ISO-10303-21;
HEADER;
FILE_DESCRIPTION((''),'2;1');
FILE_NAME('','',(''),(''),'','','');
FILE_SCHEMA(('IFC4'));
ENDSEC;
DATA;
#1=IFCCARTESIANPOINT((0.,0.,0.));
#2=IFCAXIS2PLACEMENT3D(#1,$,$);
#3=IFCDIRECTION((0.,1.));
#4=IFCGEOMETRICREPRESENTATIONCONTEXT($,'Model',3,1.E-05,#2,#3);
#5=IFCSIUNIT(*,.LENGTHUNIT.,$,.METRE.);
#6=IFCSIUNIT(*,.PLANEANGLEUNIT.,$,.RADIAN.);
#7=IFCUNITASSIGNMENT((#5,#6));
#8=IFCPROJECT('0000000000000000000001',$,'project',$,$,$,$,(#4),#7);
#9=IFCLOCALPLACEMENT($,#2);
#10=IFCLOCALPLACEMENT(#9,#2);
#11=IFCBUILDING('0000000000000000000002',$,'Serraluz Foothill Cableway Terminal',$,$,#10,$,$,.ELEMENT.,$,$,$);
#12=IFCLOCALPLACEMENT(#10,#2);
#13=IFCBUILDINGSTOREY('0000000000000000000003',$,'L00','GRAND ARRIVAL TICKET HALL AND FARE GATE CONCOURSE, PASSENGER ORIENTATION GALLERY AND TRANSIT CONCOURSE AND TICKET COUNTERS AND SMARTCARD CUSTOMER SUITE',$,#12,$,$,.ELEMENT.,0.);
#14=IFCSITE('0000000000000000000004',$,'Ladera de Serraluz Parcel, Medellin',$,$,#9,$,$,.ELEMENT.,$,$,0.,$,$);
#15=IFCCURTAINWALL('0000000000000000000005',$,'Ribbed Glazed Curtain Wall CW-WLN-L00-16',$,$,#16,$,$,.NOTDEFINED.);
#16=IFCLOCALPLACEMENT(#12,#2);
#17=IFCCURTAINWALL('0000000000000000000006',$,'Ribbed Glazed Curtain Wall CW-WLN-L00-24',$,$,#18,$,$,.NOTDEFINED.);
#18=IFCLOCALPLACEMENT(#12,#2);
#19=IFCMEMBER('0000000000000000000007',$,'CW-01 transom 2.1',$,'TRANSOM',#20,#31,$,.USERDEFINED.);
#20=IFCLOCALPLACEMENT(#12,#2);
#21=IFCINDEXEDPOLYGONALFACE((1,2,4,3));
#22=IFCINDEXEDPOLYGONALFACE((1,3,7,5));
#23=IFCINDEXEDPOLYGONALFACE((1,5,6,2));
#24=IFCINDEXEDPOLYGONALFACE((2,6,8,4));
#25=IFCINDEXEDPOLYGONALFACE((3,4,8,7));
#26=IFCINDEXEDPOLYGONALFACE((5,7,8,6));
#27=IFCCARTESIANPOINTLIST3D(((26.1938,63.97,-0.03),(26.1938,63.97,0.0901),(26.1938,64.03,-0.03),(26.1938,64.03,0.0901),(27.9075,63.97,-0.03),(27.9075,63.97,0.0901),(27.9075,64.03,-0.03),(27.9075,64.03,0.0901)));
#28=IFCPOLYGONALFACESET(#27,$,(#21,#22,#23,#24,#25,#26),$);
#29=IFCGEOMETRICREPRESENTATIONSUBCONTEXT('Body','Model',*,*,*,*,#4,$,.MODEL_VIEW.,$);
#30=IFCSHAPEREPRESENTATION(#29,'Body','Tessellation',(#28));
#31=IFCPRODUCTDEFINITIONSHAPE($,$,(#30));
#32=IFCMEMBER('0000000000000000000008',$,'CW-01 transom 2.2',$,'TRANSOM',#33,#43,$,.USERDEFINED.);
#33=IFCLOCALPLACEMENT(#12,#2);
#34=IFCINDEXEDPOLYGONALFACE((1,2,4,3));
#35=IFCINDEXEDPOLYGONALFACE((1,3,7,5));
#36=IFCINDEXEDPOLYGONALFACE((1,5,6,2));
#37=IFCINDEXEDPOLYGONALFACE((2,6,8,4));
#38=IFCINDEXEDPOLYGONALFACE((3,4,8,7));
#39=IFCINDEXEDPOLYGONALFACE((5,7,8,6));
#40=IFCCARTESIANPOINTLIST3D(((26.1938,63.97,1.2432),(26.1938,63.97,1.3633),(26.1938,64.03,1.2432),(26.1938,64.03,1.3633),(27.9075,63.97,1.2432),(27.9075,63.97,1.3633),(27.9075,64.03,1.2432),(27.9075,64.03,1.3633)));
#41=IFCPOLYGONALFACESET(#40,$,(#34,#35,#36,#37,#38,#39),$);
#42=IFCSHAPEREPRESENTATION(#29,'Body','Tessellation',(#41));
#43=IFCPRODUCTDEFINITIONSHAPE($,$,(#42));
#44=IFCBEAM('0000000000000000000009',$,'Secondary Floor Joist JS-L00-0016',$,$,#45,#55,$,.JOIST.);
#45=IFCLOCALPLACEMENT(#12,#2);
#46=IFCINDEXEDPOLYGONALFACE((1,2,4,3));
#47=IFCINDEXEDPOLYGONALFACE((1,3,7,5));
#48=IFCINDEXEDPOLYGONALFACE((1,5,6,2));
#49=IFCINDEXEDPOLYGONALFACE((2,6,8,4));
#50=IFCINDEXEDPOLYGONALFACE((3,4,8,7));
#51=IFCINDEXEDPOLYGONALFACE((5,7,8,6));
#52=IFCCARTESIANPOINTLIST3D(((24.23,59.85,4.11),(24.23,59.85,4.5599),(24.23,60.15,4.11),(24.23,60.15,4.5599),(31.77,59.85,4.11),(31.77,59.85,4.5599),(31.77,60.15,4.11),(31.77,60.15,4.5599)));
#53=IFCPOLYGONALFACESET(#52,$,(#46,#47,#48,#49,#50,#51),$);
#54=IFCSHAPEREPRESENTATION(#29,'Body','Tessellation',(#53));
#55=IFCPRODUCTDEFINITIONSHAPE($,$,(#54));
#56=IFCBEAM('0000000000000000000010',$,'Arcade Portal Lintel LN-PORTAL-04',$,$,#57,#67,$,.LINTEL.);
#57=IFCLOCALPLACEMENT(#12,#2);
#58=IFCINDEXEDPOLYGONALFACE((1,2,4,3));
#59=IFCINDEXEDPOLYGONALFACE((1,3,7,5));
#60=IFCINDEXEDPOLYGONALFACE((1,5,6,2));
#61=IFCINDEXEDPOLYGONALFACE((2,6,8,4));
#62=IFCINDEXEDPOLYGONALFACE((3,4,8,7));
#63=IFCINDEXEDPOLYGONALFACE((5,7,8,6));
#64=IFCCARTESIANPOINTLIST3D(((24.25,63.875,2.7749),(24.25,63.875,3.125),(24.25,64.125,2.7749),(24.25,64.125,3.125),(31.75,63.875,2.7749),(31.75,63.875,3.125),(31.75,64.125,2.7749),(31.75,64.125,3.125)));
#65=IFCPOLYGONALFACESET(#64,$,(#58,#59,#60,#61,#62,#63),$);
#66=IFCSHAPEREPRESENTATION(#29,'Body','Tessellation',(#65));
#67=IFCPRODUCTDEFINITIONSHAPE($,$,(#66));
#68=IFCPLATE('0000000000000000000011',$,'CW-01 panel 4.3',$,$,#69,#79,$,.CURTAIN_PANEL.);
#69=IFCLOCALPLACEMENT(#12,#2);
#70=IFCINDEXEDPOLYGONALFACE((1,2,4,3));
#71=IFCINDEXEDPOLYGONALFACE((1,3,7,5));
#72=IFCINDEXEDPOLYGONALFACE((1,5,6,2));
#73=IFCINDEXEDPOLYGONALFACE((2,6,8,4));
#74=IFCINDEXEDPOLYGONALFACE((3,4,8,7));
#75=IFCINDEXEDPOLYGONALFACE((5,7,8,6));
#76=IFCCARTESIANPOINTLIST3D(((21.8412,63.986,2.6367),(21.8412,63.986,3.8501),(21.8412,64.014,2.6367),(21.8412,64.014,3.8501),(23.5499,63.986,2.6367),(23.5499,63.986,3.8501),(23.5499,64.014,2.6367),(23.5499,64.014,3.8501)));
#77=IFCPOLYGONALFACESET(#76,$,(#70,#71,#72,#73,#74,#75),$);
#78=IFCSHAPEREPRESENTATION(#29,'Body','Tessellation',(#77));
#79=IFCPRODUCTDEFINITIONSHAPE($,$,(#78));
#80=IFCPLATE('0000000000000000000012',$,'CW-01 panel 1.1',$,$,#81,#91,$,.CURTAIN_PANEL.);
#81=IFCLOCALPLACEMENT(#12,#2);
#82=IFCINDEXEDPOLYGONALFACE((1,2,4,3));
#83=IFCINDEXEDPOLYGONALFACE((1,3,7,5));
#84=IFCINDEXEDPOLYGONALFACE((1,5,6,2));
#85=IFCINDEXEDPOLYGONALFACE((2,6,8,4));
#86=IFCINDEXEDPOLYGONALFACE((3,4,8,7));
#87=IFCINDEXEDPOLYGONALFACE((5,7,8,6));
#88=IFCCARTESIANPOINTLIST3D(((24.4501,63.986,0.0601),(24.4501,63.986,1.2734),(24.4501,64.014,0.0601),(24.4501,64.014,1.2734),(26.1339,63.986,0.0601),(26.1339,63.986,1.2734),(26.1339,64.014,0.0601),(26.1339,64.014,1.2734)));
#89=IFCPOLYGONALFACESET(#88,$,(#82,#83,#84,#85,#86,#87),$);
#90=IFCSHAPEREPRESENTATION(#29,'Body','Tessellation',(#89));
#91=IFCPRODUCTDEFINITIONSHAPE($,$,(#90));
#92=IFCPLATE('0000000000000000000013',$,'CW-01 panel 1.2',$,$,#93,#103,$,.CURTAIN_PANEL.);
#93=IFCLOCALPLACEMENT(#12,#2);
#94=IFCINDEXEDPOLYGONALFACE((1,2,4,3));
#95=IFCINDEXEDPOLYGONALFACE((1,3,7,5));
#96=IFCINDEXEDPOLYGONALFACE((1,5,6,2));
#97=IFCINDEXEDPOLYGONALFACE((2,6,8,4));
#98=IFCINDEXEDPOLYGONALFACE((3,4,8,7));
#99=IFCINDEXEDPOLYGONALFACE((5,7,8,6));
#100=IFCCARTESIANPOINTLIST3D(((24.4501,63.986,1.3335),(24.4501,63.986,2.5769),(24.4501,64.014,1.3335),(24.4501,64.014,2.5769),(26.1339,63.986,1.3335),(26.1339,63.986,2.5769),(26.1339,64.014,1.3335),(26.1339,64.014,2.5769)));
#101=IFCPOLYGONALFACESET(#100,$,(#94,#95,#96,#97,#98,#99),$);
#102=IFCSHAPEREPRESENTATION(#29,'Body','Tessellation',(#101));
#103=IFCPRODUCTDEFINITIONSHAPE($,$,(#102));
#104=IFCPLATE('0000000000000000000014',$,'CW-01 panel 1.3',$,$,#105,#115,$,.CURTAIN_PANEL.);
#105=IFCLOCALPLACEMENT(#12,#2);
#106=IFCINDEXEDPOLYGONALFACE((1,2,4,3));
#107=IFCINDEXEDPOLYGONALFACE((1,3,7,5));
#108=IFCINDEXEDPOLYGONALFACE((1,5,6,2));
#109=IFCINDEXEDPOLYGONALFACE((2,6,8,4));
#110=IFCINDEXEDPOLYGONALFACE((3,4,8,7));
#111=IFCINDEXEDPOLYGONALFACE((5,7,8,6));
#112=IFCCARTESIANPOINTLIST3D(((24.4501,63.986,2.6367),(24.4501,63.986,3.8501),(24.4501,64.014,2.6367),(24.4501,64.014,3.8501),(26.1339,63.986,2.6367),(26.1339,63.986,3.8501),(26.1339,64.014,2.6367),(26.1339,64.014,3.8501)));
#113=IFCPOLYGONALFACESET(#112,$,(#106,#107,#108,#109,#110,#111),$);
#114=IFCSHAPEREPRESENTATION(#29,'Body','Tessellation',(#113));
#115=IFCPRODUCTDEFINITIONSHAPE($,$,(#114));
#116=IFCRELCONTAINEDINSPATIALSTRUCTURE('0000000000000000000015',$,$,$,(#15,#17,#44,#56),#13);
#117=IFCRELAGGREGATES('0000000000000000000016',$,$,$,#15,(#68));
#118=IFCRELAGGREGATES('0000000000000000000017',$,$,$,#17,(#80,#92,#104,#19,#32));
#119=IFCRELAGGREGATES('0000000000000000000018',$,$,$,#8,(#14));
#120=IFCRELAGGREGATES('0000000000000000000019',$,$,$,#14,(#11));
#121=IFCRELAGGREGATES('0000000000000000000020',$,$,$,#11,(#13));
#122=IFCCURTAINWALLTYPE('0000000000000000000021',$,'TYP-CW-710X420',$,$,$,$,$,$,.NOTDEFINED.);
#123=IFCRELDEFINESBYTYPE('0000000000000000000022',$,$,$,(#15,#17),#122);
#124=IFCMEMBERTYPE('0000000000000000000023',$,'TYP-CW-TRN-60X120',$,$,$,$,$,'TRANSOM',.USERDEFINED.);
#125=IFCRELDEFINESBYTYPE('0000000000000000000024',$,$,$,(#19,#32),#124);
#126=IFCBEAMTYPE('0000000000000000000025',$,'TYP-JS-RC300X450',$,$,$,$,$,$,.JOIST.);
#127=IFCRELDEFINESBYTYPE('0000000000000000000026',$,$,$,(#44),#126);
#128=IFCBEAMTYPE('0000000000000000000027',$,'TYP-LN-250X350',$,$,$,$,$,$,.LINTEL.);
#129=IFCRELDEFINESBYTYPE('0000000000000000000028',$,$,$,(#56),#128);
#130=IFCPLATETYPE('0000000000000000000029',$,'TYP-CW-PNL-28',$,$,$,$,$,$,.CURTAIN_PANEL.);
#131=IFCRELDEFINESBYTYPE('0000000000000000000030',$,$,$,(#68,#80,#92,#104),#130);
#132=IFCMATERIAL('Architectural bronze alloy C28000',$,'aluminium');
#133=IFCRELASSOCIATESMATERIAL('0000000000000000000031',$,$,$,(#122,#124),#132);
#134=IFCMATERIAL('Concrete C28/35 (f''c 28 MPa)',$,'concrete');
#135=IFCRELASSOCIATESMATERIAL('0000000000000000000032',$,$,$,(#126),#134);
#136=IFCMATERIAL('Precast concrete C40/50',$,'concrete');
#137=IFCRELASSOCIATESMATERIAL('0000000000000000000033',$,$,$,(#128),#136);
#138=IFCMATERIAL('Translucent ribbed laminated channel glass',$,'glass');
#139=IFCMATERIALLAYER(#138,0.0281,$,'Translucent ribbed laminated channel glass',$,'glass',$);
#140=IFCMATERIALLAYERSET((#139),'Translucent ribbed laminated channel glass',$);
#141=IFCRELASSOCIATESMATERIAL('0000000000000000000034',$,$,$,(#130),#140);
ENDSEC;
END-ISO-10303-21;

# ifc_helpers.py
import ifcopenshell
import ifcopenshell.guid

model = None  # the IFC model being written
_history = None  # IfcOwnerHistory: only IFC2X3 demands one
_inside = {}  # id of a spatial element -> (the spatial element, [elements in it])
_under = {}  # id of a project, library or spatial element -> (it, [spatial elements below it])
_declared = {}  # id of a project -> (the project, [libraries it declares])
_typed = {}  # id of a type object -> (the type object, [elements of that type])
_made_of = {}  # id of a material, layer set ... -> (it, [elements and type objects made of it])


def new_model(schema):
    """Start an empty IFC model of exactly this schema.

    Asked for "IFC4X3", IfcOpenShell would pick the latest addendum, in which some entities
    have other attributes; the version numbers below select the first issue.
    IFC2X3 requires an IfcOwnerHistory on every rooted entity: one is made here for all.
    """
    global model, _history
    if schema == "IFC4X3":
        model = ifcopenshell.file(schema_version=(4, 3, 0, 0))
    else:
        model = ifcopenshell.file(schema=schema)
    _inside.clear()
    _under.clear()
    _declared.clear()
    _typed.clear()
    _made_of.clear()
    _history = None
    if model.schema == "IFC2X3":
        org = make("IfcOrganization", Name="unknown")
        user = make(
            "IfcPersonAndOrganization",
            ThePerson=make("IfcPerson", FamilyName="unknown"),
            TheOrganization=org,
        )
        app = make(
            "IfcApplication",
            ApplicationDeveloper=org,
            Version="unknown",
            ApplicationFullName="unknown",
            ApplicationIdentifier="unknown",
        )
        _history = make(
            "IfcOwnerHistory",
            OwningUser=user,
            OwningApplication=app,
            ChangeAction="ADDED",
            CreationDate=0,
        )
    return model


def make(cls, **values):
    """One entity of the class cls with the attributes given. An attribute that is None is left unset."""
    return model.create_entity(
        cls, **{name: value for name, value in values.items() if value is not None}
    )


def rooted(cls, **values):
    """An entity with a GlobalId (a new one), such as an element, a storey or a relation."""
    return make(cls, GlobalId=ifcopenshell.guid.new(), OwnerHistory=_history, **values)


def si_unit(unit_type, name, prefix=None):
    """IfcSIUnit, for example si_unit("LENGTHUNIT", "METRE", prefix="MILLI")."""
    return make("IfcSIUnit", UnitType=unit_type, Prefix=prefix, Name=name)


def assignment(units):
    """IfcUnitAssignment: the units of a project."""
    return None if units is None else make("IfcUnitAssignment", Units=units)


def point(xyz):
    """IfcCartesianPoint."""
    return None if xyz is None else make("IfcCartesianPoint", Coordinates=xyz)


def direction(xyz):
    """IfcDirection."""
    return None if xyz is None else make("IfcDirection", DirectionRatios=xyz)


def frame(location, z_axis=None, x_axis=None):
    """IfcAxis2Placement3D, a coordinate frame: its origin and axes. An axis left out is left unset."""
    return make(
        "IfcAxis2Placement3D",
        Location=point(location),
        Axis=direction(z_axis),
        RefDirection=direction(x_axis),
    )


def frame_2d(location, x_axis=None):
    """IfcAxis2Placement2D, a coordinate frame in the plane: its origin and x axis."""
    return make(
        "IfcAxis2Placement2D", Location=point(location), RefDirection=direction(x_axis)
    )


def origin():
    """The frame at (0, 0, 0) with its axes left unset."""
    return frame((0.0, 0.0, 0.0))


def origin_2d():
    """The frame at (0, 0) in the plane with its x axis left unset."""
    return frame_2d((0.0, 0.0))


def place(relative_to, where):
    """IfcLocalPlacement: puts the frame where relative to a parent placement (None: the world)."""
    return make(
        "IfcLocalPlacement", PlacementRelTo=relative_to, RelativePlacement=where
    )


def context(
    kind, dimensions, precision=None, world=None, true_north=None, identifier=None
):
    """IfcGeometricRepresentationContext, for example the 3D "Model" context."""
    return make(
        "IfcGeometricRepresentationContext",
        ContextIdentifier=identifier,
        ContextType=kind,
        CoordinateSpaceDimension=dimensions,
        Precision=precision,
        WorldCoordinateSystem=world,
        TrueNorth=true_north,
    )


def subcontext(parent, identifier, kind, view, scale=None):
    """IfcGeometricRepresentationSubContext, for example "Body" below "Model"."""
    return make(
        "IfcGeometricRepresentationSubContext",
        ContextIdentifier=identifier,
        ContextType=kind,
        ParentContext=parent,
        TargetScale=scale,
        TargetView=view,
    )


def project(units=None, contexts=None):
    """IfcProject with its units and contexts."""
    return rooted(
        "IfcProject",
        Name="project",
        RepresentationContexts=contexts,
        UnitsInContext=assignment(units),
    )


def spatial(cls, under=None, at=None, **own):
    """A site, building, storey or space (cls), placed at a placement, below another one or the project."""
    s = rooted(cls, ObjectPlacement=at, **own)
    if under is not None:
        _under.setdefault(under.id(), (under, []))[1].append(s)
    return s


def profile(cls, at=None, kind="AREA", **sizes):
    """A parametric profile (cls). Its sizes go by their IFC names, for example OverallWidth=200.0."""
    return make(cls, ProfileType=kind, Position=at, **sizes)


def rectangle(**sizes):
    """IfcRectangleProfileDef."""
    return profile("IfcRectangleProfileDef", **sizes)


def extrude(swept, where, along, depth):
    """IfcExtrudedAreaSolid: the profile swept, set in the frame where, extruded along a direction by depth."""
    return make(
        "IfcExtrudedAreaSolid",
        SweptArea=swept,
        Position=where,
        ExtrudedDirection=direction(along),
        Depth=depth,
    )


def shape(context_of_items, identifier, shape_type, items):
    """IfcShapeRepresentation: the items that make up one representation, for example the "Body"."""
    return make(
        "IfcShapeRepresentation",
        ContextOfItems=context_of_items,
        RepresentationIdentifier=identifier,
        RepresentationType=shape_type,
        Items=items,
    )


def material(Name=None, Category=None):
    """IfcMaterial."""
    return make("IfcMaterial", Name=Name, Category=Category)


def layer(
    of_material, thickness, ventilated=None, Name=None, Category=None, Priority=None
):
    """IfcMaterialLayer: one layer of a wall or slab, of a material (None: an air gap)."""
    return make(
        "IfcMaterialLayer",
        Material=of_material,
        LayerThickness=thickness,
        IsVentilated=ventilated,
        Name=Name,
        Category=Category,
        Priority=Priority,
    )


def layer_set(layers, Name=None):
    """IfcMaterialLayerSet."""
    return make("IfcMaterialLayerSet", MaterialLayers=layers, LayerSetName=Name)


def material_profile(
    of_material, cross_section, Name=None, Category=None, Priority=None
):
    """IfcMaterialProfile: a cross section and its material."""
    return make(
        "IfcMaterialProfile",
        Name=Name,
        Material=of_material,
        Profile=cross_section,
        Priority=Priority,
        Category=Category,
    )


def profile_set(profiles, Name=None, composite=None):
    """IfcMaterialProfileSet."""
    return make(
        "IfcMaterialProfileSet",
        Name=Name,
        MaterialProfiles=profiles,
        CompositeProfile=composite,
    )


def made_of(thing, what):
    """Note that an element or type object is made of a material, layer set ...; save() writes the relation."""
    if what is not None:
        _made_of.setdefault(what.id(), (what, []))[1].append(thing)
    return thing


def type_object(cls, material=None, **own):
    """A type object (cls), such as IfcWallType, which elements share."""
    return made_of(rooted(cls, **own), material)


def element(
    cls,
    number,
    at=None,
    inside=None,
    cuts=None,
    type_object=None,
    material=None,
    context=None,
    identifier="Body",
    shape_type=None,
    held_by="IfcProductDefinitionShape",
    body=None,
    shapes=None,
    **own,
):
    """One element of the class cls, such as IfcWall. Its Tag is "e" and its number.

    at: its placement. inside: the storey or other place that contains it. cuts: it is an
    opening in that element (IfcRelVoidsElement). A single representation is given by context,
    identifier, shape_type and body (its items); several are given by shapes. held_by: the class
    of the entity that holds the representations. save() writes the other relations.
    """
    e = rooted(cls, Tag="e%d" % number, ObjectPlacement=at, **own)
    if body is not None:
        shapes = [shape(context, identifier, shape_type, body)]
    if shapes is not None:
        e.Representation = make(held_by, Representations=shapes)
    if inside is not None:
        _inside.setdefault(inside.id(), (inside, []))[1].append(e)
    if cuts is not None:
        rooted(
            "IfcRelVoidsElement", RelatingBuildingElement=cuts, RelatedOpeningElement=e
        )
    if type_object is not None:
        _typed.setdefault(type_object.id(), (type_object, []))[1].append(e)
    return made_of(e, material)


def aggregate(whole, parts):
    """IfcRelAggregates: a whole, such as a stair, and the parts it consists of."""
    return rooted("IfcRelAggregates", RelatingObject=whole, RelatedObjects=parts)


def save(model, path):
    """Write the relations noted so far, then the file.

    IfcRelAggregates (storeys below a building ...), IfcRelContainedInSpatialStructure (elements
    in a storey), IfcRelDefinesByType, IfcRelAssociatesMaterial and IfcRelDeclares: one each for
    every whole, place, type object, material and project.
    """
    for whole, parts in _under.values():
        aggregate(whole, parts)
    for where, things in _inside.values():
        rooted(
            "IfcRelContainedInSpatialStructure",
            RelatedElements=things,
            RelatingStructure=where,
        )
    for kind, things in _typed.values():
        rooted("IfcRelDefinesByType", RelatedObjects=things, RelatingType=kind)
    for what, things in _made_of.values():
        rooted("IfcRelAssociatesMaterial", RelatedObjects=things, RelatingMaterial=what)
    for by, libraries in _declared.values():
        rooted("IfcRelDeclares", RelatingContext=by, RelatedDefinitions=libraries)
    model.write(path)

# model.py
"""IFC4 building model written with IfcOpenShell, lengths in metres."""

from ifc_helpers import new_model, si_unit, direction, frame, origin, origin_2d, place, context, subcontext, project, spatial, rectangle, extrude, material, layer, layer_set, material_profile, profile_set, type_object, element, aggregate, save


model = new_model("IFC4")

# Units and contexts
model_context = context("Model", 3, precision=1e-05, world=origin(), true_north=direction((0.0, 1.0)))
body_context = subcontext(model_context, "Body", "Model", "MODEL_VIEW")
ifc_project = project(units=[si_unit("LENGTHUNIT", "METRE"), si_unit("PLANEANGLEUNIT", "RADIAN")], contexts=[model_context])

# Site, building, storey
site_placement = place(None, origin())
site = spatial("IfcSite", under=ifc_project, at=site_placement, Name="Ladera de Serraluz Parcel, Medellin", CompositionType="ELEMENT", RefElevation=0.0)
building_placement = place(site_placement, origin())
building = spatial("IfcBuilding", under=site, at=building_placement, Name="Serraluz Foothill Cableway Terminal", CompositionType="ELEMENT")
storey_placement = place(building_placement, origin())
storey = spatial("IfcBuildingStorey", under=building, at=storey_placement, Name="L00", Description="GRAND ARRIVAL TICKET HALL AND FARE GATE CONCOURSE, PASSENGER ORIENTATION GALLERY AND TRANSIT CONCOURSE AND TICKET COUNTERS AND SMARTCARD CUSTOMER SUITE", CompositionType="ELEMENT", Elevation=0.0)

# Shared definitions
ifc_material_1 = material(Name="Concrete C28/35 (f'c 28 MPa)", Category="concrete")

# Curtain wall
ifc_material_2 = material(Name="Architectural bronze alloy C28000", Category="aluminium")
curtain_wall_type = type_object("IfcCurtainWallType", Name="TYP-CW-710X420", PredefinedType="NOTDEFINED", material=ifc_material_2)
curtain_wall_1_placement = place(storey_placement, origin())
curtain_wall_1 = element("IfcCurtainWall", 1, at=curtain_wall_1_placement, inside=storey, type_object=curtain_wall_type, Name="Ribbed Glazed Curtain Wall CW-WLN-L00-16", PredefinedType="NOTDEFINED")

# Curtain wall, members
curtain_wall_2_placement = place(storey_placement, origin())
curtain_wall_2 = element("IfcCurtainWall", 2, at=curtain_wall_2_placement, inside=storey, type_object=curtain_wall_type, Name="Ribbed Glazed Curtain Wall CW-WLN-L00-24", PredefinedType="NOTDEFINED")
ifc_material_profile_1 = material_profile(ifc_material_2, rectangle(XDim=0.0601, YDim=0.1201, at=origin_2d()), Name="ALU TRANSOM 60x120")
ifc_profile_set_1 = profile_set([ifc_material_profile_1], Name="Architectural bronze alloy C28000")
member_type_1 = type_object("IfcMemberType", Name="TYP-CW-TRN-60X120", ElementType="TRANSOM", PredefinedType="USERDEFINED", material=ifc_profile_set_1)
member_1_placement = place(storey_placement, frame((26.1938, 64.0, 0.03), z_axis=(1.0, 0.0, 0.0), x_axis=(0.0, 1.0, 0.0)))
member_1 = element("IfcMember", 3, at=member_1_placement, type_object=member_type_1, Name="CW-01 transom 2.1", ObjectType="TRANSOM", PredefinedType="USERDEFINED", context=body_context, shape_type="SweptSolid", body=[
    extrude(rectangle(XDim=0.0601, YDim=0.1201, at=origin_2d()), origin(), (0.0, 0.0, 1.0), 1.7136),
])
member_2_placement = place(storey_placement, frame((26.1938, 64.0, 1.3032), z_axis=(1.0, 0.0, 0.0), x_axis=(0.0, 1.0, 0.0)))
member_2 = element("IfcMember", 4, at=member_2_placement, type_object=member_type_1, Name="CW-01 transom 2.2", ObjectType="TRANSOM", PredefinedType="USERDEFINED", context=body_context, shape_type="SweptSolid", body=[
    extrude(rectangle(XDim=0.0601, YDim=0.1201, at=origin_2d()), origin(), (0.0, 0.0, 1.0), 1.7136),
])

# Beams
ifc_material_profile_2 = material_profile(ifc_material_1, rectangle(XDim=0.3, YDim=0.45, at=origin_2d()), Name="RC 300x450")
ifc_profile_set_2 = profile_set([ifc_material_profile_2], Name="Concrete C28/35 (f'c 28 MPa)")
beam_type_1 = type_object("IfcBeamType", Name="TYP-JS-RC300X450", PredefinedType="JOIST", material=ifc_profile_set_2)
beam_1_placement = place(storey_placement, frame((24.23, 60.0, 4.335), z_axis=(1.0, 0.0, 0.0), x_axis=(0.0, 1.0, 0.0)))
element("IfcBeam", 5, at=beam_1_placement, inside=storey, type_object=beam_type_1, Name="Secondary Floor Joist JS-L00-0016", PredefinedType="JOIST", context=body_context, shape_type="SweptSolid", body=[
    extrude(rectangle(XDim=0.3, YDim=0.45, at=origin_2d()), origin(), (0.0, 0.0, 1.0), 7.54),
])
ifc_material_3 = material(Name="Precast concrete C40/50", Category="concrete")
ifc_material_profile_3 = material_profile(ifc_material_3, rectangle(XDim=0.25, YDim=0.3501, at=origin_2d()), Name="RC LN 250x350")
ifc_profile_set_3 = profile_set([ifc_material_profile_3], Name="Precast concrete C40/50")
beam_type_2 = type_object("IfcBeamType", Name="TYP-LN-250X350", PredefinedType="LINTEL", material=ifc_profile_set_3)
beam_2_placement = place(storey_placement, frame((24.25, 64.0, 2.95), z_axis=(1.0, 0.0, 0.0), x_axis=(0.0, 1.0, 0.0)))
element("IfcBeam", 6, at=beam_2_placement, inside=storey, type_object=beam_type_2, Name="Arcade Portal Lintel LN-PORTAL-04", PredefinedType="LINTEL", context=body_context, shape_type="SweptSolid", body=[
    extrude(rectangle(XDim=0.25, YDim=0.3501, at=origin_2d()), origin(), (0.0, 0.0, 1.0), 7.5),
])

# Plates
ifc_material_4 = material(Name="Translucent ribbed laminated channel glass", Category="glass")
ifc_layer = layer(ifc_material_4, 0.0281, Name="Translucent ribbed laminated channel glass", Category="glass")
ifc_layer_set = layer_set([ifc_layer], Name="Translucent ribbed laminated channel glass")
plate_type = type_object("IfcPlateType", Name="TYP-CW-PNL-28", PredefinedType="CURTAIN_PANEL", material=ifc_layer_set)
plate_1_placement = place(storey_placement, frame((22.6956, 64.0, 2.6367), z_axis=(0.0, 0.0, 1.0), x_axis=(1.0, 0.0, 0.0)))
plate_1 = element("IfcPlate", 7, at=plate_1_placement, type_object=plate_type, Name="CW-01 panel 4.3", PredefinedType="CURTAIN_PANEL", context=body_context, shape_type="SweptSolid", body=[
    extrude(rectangle(XDim=1.7087, YDim=0.0281, at=origin_2d()), origin(), (0.0, 0.0, 1.0), 1.2134),
])
aggregate(curtain_wall_1, [plate_1])
plate_2_placement = place(storey_placement, frame((25.292, 64.0, 0.0601), z_axis=(0.0, 0.0, 1.0), x_axis=(1.0, 0.0, 0.0)))
plate_2 = element("IfcPlate", 8, at=plate_2_placement, type_object=plate_type, Name="CW-01 panel 1.1", PredefinedType="CURTAIN_PANEL", context=body_context, shape_type="SweptSolid", body=[
    extrude(rectangle(XDim=1.6838, YDim=0.0281, at=origin_2d()), origin(), (0.0, 0.0, 1.0), 1.2134),
])
plate_3_placement = place(storey_placement, frame((25.292, 64.0, 1.3335), z_axis=(0.0, 0.0, 1.0), x_axis=(1.0, 0.0, 0.0)))
plate_3 = element("IfcPlate", 9, at=plate_3_placement, type_object=plate_type, Name="CW-01 panel 1.2", PredefinedType="CURTAIN_PANEL", context=body_context, shape_type="SweptSolid", body=[
    extrude(rectangle(XDim=1.6838, YDim=0.0281, at=origin_2d()), origin(), (0.0, 0.0, 1.0), 1.2434),
])
plate_4_placement = place(storey_placement, frame((25.292, 64.0, 2.6367), z_axis=(0.0, 0.0, 1.0), x_axis=(1.0, 0.0, 0.0)))
plate_4 = element("IfcPlate", 10, at=plate_4_placement, type_object=plate_type, Name="CW-01 panel 1.3", PredefinedType="CURTAIN_PANEL", context=body_context, shape_type="SweptSolid", body=[
    extrude(rectangle(XDim=1.6838, YDim=0.0281, at=origin_2d()), origin(), (0.0, 0.0, 1.0), 1.2134),
])
aggregate(curtain_wall_2, [plate_2, plate_3, plate_4, member_1, member_2])

save(model, "model.ifc")
